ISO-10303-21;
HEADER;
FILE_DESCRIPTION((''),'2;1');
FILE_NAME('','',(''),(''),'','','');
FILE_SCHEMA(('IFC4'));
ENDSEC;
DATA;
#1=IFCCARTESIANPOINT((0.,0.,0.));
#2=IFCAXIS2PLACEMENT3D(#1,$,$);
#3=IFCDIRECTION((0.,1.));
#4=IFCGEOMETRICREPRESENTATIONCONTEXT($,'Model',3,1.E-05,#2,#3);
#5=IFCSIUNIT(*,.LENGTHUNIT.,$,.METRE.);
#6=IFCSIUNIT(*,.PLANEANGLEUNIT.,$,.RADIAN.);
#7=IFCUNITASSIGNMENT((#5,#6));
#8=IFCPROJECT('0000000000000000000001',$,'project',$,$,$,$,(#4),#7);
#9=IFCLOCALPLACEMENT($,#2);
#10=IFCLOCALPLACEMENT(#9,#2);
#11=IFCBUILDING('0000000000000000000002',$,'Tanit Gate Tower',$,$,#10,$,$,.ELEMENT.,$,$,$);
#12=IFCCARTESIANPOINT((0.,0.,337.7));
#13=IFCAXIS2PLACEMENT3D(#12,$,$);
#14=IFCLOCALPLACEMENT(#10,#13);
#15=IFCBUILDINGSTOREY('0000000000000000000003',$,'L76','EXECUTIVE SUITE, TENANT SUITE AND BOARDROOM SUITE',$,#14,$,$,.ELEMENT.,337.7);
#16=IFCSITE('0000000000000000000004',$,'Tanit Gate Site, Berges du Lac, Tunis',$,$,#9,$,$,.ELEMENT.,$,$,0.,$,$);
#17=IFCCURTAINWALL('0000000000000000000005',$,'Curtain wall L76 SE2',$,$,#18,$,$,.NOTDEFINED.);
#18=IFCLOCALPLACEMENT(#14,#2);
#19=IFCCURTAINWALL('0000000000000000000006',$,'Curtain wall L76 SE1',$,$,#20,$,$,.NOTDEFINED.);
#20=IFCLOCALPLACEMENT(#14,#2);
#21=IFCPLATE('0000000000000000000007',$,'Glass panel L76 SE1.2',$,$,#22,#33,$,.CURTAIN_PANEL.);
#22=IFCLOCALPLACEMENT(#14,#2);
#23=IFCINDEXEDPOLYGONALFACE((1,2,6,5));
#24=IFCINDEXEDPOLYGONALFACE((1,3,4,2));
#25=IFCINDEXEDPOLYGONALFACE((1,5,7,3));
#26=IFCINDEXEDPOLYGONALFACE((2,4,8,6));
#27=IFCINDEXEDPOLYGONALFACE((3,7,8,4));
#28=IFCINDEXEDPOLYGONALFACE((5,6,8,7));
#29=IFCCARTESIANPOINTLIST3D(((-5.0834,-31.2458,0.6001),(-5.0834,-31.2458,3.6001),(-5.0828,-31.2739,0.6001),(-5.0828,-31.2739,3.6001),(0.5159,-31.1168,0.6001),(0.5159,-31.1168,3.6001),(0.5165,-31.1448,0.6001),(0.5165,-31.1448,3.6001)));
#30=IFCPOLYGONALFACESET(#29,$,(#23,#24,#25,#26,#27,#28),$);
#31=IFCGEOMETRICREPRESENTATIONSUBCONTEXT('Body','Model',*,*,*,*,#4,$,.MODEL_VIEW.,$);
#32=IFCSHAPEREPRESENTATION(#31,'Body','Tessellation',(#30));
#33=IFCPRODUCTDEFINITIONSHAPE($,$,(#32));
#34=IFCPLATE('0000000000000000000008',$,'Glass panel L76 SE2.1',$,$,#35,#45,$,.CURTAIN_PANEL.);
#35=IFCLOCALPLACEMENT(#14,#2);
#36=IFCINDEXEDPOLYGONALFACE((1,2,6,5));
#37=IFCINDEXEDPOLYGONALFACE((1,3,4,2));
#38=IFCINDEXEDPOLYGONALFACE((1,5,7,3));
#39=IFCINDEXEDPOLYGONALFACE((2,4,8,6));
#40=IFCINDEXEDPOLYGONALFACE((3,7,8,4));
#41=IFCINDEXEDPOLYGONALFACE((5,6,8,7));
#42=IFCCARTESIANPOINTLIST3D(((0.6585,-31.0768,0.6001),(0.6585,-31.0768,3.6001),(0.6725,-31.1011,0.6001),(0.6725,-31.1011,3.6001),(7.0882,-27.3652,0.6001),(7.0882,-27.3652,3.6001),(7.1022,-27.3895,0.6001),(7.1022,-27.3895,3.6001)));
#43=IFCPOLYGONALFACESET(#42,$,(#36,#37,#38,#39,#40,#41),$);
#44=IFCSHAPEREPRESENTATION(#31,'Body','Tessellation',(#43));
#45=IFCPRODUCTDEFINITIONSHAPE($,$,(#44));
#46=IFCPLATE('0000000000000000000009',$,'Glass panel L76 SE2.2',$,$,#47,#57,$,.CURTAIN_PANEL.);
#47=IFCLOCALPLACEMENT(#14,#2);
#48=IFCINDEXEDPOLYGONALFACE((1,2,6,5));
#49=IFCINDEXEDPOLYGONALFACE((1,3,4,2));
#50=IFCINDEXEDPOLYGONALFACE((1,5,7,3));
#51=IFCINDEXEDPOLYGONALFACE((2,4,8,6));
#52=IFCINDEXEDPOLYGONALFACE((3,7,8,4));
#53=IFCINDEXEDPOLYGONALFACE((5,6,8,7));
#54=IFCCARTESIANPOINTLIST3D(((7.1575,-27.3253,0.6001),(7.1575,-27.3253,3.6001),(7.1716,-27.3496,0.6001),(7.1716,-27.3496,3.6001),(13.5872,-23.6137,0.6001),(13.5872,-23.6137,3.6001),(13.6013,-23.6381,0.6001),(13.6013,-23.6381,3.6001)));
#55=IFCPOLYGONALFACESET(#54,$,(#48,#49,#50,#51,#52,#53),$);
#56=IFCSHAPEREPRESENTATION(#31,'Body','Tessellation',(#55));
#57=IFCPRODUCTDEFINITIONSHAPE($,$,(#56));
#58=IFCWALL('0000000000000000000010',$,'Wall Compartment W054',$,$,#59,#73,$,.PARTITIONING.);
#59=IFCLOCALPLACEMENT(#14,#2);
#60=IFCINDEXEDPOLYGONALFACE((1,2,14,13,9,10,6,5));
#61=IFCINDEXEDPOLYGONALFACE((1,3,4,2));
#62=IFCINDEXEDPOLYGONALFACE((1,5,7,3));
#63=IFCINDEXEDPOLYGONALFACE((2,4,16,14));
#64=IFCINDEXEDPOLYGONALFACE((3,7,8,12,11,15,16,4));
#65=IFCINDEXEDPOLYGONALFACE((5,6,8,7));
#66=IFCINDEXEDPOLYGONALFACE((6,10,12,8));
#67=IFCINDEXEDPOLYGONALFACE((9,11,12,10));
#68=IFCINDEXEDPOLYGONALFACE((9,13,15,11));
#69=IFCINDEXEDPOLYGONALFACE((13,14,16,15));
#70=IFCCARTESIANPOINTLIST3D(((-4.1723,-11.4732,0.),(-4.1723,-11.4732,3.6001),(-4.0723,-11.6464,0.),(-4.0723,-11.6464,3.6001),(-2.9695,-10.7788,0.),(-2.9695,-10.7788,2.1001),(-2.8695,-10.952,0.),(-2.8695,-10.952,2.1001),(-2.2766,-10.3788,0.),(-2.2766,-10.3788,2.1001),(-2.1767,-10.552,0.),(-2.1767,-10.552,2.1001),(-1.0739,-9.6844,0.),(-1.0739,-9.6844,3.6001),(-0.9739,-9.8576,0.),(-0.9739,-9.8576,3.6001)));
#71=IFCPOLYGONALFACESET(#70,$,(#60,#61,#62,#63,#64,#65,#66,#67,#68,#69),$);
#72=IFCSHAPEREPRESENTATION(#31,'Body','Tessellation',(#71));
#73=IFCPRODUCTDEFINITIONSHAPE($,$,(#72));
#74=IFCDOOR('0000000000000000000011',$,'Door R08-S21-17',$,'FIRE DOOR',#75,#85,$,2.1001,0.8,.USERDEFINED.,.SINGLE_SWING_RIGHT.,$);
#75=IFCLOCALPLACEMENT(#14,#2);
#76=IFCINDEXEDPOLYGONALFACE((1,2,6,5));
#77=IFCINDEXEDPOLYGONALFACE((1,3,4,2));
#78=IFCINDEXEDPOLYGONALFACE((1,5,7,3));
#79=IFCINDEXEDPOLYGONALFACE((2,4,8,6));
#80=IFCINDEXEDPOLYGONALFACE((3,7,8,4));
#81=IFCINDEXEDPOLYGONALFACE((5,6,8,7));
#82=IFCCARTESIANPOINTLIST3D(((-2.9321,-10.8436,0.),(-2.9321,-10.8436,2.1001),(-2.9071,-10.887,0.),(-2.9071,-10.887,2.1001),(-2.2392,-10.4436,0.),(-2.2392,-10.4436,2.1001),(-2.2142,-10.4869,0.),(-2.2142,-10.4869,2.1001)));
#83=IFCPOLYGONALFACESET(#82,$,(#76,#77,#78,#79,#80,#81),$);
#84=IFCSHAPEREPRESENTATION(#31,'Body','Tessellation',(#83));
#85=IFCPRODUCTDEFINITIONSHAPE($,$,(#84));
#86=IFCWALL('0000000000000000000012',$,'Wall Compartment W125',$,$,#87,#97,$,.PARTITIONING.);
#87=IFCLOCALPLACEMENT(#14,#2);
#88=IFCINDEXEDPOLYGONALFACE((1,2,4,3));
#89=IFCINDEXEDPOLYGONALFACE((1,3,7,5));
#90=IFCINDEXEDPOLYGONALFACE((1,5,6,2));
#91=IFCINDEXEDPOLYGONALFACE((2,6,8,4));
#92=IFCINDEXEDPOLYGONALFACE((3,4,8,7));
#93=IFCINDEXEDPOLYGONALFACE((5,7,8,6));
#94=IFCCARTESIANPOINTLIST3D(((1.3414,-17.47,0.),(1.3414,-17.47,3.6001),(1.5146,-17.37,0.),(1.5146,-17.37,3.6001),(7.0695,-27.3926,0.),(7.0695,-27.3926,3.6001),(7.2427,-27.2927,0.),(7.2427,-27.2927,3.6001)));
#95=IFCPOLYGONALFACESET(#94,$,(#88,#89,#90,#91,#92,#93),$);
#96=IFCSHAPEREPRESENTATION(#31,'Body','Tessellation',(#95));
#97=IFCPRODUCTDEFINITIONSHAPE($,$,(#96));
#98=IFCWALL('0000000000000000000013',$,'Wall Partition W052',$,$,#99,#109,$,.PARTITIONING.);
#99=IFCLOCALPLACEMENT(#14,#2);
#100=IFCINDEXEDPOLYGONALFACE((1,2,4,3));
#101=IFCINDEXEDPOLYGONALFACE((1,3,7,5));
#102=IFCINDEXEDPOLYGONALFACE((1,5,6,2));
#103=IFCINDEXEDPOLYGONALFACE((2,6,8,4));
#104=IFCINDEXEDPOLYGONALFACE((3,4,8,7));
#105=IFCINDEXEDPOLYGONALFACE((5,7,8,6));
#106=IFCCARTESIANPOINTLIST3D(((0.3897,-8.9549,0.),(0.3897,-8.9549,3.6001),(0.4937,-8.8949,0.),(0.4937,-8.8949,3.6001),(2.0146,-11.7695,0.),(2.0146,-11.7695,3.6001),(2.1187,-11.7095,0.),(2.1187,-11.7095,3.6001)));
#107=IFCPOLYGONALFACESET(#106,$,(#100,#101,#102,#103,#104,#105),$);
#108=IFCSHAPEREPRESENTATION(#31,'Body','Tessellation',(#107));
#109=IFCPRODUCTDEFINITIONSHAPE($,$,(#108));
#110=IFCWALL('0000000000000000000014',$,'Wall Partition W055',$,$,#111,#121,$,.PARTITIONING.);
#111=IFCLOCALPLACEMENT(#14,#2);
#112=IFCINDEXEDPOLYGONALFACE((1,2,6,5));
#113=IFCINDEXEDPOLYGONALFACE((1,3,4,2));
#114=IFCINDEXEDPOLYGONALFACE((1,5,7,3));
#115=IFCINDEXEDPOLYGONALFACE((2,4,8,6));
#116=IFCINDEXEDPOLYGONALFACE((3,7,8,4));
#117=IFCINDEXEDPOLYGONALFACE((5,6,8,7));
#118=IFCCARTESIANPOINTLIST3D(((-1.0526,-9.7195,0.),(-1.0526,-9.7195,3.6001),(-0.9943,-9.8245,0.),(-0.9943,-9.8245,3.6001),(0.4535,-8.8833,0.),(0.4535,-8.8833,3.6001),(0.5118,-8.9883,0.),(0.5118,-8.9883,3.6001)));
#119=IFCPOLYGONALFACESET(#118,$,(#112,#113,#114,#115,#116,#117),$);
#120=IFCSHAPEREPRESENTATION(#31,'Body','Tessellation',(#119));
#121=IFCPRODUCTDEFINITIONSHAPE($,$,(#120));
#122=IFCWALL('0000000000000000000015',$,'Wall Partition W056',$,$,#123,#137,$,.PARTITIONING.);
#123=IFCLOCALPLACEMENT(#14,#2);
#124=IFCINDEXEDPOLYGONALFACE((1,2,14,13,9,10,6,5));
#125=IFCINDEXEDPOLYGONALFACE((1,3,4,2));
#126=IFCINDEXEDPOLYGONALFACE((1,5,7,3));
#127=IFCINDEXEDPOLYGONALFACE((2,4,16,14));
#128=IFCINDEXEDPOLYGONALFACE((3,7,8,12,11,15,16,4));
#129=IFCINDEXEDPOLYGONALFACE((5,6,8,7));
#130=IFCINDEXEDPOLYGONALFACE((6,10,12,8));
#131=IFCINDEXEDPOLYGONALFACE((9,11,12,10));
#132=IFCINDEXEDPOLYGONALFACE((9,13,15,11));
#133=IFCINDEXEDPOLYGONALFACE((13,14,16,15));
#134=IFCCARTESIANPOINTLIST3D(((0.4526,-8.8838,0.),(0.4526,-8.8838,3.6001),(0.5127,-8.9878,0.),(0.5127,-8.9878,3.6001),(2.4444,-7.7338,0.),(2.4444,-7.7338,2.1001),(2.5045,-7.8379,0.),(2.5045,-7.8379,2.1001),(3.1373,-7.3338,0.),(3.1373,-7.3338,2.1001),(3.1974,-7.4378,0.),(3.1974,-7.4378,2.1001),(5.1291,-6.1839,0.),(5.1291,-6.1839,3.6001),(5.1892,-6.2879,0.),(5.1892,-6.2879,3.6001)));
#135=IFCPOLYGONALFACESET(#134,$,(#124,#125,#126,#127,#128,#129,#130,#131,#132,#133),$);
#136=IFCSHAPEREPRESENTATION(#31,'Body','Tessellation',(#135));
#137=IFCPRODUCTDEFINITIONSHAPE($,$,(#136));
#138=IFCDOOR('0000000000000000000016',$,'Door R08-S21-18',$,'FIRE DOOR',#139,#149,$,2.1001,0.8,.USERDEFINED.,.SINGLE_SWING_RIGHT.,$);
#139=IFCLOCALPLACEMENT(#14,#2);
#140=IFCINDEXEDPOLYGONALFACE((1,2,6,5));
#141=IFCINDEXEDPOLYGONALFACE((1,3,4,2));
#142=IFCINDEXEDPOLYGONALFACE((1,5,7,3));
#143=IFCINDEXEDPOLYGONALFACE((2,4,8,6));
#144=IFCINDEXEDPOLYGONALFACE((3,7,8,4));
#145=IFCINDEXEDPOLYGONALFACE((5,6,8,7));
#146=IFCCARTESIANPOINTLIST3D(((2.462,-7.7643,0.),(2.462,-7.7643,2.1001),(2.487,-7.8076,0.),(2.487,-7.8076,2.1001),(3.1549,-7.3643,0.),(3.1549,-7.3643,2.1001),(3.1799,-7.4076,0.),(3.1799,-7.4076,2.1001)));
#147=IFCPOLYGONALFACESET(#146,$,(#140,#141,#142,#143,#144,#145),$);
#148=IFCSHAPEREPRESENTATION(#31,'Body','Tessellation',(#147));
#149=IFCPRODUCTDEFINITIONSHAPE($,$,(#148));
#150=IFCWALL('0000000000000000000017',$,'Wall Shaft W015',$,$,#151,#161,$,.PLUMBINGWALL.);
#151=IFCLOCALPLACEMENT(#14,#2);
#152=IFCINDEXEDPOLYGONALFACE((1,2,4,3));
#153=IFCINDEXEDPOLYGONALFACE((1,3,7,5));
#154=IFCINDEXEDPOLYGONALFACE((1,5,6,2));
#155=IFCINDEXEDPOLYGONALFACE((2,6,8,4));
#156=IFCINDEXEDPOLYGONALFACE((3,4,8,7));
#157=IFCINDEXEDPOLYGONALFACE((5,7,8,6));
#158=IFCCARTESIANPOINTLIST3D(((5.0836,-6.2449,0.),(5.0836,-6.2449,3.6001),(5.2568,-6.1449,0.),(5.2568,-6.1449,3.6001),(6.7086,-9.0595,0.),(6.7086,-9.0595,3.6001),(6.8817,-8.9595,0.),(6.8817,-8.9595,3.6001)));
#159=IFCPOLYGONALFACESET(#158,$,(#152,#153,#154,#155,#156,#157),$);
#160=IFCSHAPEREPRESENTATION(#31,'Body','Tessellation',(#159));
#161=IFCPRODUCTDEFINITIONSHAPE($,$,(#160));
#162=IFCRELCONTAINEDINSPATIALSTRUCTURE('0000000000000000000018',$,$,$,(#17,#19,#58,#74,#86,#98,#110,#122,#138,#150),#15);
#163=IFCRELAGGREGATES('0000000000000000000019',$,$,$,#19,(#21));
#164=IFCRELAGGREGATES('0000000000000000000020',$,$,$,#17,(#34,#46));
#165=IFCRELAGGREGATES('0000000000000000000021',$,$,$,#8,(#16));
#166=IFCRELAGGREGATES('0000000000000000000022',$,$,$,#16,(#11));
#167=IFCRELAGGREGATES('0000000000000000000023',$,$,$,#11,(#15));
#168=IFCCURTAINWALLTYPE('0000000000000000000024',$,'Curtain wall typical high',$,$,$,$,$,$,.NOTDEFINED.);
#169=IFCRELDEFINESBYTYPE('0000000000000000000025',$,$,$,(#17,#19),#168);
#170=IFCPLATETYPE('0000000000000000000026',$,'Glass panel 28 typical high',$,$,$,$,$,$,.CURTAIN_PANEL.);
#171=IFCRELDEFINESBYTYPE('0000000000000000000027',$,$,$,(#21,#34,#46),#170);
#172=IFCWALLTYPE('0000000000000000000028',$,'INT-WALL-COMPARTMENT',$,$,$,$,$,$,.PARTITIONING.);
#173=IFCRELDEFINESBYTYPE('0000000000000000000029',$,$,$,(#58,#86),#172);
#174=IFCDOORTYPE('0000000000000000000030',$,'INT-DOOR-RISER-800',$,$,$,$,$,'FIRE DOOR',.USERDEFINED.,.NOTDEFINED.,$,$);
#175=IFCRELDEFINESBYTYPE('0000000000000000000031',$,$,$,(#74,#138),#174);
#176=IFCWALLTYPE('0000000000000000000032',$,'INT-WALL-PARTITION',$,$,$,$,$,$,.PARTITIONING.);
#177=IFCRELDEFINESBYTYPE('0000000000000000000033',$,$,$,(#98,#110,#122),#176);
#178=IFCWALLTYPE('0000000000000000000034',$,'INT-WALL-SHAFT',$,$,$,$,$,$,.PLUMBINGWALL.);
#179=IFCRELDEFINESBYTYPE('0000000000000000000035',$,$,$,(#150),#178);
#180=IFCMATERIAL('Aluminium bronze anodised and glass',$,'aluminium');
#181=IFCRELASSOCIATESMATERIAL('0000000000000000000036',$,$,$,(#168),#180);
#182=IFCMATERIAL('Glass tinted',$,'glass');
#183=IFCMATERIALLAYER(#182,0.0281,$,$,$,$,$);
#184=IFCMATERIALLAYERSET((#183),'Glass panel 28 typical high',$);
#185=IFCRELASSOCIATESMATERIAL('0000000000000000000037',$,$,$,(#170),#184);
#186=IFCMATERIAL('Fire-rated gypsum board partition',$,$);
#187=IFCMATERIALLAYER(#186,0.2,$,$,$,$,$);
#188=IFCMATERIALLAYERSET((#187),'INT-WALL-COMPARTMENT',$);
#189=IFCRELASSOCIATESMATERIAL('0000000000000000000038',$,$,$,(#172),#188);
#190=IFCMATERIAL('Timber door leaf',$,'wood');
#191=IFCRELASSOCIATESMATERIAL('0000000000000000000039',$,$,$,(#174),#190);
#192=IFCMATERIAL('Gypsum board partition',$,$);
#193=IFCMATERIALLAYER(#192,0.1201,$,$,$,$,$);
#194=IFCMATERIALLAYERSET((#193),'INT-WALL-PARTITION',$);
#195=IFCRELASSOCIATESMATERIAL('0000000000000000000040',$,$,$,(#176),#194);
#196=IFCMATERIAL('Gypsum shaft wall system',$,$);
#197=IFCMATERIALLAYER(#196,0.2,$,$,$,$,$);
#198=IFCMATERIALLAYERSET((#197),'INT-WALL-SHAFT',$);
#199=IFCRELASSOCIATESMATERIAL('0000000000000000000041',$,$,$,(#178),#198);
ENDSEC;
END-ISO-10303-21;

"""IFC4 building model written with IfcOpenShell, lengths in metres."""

from ifc_helpers import new_model, si_unit, direction, frame, frame_2d, origin, origin_2d, place, context, subcontext, project, spatial, rectangle, extrude, material, layer, layer_set, type_object, element, fill, aggregate, save


model = new_model("IFC4")

# Units and contexts
model_context = context("Model", 3, precision=1e-05, world=origin(), true_north=direction((0.0, 1.0)))
body_context = subcontext(model_context, "Body", "Model", "MODEL_VIEW")
ifc_project = project(units=[si_unit("LENGTHUNIT", "METRE"), si_unit("PLANEANGLEUNIT", "RADIAN")], contexts=[model_context])

# Site, building, storey
site_placement = place(None, origin())
site = spatial("IfcSite", under=ifc_project, at=site_placement, Name="Tanit Gate Site, Berges du Lac, Tunis", CompositionType="ELEMENT", RefElevation=0.0)
building_placement = place(site_placement, origin())
building = spatial("IfcBuilding", under=site, at=building_placement, Name="Tanit Gate Tower", CompositionType="ELEMENT")
storey_placement = place(building_placement, frame((0.0, 0.0, 337.7)))
storey = spatial("IfcBuildingStorey", under=building, at=storey_placement, Name="L76", Description="EXECUTIVE SUITE, TENANT SUITE AND BOARDROOM SUITE", CompositionType="ELEMENT", Elevation=337.7)

# Curtain wall
ifc_material_1 = material(Name="Aluminium bronze anodised and glass", Category="aluminium")
curtain_wall_type = type_object("IfcCurtainWallType", Name="Curtain wall typical high", PredefinedType="NOTDEFINED", material=ifc_material_1)
curtain_wall_1_placement = place(storey_placement, origin())
curtain_wall_1 = element("IfcCurtainWall", 1, at=curtain_wall_1_placement, inside=storey, type_object=curtain_wall_type, Name="Curtain wall L76 SE2", PredefinedType="NOTDEFINED")

# Curtain wall
curtain_wall_2_placement = place(storey_placement, origin())
curtain_wall_2 = element("IfcCurtainWall", 2, at=curtain_wall_2_placement, inside=storey, type_object=curtain_wall_type, Name="Curtain wall L76 SE1", PredefinedType="NOTDEFINED")

# Plates
ifc_material_2 = material(Name="Glass tinted", Category="glass")
ifc_layer_1 = layer(ifc_material_2, 0.0281)
ifc_layer_set_1 = layer_set([ifc_layer_1], Name="Glass panel 28 typical high")
plate_type = type_object("IfcPlateType", Name="Glass panel 28 typical high", PredefinedType="CURTAIN_PANEL", material=ifc_layer_set_1)
plate_1_placement = place(storey_placement, frame((-2.2834, -31.1953, 0.6001), z_axis=(0.0, 0.0, 1.0), x_axis=(0.999735, 0.02304, 0.0)))
plate_1 = element("IfcPlate", 3, at=plate_1_placement, type_object=plate_type, Name="Glass panel L76 SE1.2", PredefinedType="CURTAIN_PANEL", context=body_context, shape_type="SweptSolid", body=[
    extrude(rectangle(XDim=5.6008, YDim=0.0281, at=origin_2d()), origin(), (0.0, 0.0, 1.0), 3.0),
])
aggregate(curtain_wall_2, [plate_1])
plate_2_placement = place(storey_placement, frame((3.8804, -29.2332, 0.6001), z_axis=(0.0, 0.0, 1.0), x_axis=(0.86606, 0.49994, 0.0)))
plate_2 = element("IfcPlate", 4, at=plate_2_placement, type_object=plate_type, Name="Glass panel L76 SE2.1", PredefinedType="CURTAIN_PANEL", context=body_context, shape_type="SweptSolid", body=[
    extrude(rectangle(XDim=7.4241, YDim=0.0281, at=origin_2d()), origin(), (0.0, 0.0, 1.0), 3.0),
])
plate_3_placement = place(storey_placement, frame((10.3794, -25.4817, 0.6001), z_axis=(0.0, 0.0, 1.0), x_axis=(0.86606, 0.49994, 0.0)))
plate_3 = element("IfcPlate", 5, at=plate_3_placement, type_object=plate_type, Name="Glass panel L76 SE2.2", PredefinedType="CURTAIN_PANEL", context=body_context, shape_type="SweptSolid", body=[
    extrude(rectangle(XDim=7.4241, YDim=0.0281, at=origin_2d()), origin(), (0.0, 0.0, 1.0), 3.0),
])
aggregate(curtain_wall_1, [plate_2, plate_3])

# Wall, opening, door
ifc_material_3 = material(Name="Fire-rated gypsum board partition")
ifc_layer_2 = layer(ifc_material_3, 0.2)
ifc_layer_set_2 = layer_set([ifc_layer_2], Name="INT-WALL-COMPARTMENT")
wall_type_1 = type_object("IfcWallType", Name="INT-WALL-COMPARTMENT", PredefinedType="PARTITIONING", material=ifc_layer_set_2)
wall_1_placement = place(storey_placement, frame((-1.0239, -9.771, 0.0), z_axis=(0.0, 0.0, 1.0), x_axis=(-0.86603, -0.499992, 0.0)))
wall_1 = element("IfcWall", 6, at=wall_1_placement, inside=storey, type_object=wall_type_1, Name="Wall Compartment W054", PredefinedType="PARTITIONING", context=body_context, shape_type="SweptSolid", body=[
    extrude(rectangle(XDim=3.5776, YDim=0.2, at=frame_2d((1.7888, 0.0))), origin(), (0.0, 0.0, 1.0), 3.6001),
])
opening_1_placement = place(wall_1_placement, frame((1.3889, 0.0, 0.0)))
opening_1 = element("IfcOpeningElement", 7, at=opening_1_placement, cuts=wall_1, PredefinedType="OPENING", context=body_context, shape_type="SweptSolid", body=[
    extrude(rectangle(XDim=0.8, YDim=2.1001, at=frame_2d((0.3999, 1.05))), frame((0.0, 0.1099, 0.0), z_axis=(0.0, -1.0, 0.0), x_axis=(1.0, 0.0, 0.0)), (0.0, 0.0, 1.0), 0.22),
])
ifc_material_4 = material(Name="Timber door leaf", Category="wood")
door_type = type_object("IfcDoorType", Name="INT-DOOR-RISER-800", ElementType="FIRE DOOR", OperationType="NOTDEFINED", PredefinedType="USERDEFINED", material=ifc_material_4)
door_1_placement = place(opening_1_placement, origin())
door_1 = element("IfcDoor", 8, at=door_1_placement, inside=storey, type_object=door_type, Name="Door R08-S21-17", ObjectType="FIRE DOOR", OperationType="SINGLE_SWING_RIGHT", OverallHeight=2.1001, OverallWidth=0.8, PredefinedType="USERDEFINED", context=body_context, shape_type="SweptSolid", body=[
    extrude(rectangle(XDim=0.8, YDim=2.1001, at=frame_2d((0.3999, 1.05))), frame((0.0, 0.0249, 0.0), z_axis=(0.0, -1.0, 0.0), x_axis=(1.0, 0.0, 0.0)), (0.0, 0.0, 1.0), 0.05),
])
fill(opening_1, door_1)

# Walls
wall_2_placement = place(storey_placement, frame((7.156, -27.3425, 0.0), z_axis=(0.0, 0.0, 1.0), x_axis=(-0.499948, 0.866055, 0.0)))
element("IfcWall", 9, at=wall_2_placement, inside=storey, type_object=wall_type_1, Name="Wall Compartment W125", PredefinedType="PARTITIONING", context=body_context, shape_type="SweptSolid", body=[
    extrude(rectangle(XDim=11.4573, YDim=0.2, at=frame_2d((5.7285, 0.0))), origin(), (0.0, 0.0, 1.0), 3.6001),
])
ifc_material_5 = material(Name="Gypsum board partition")
ifc_layer_3 = layer(ifc_material_5, 0.1201)
ifc_layer_set_3 = layer_set([ifc_layer_3], Name="INT-WALL-PARTITION")
wall_type_2 = type_object("IfcWallType", Name="INT-WALL-PARTITION", PredefinedType="PARTITIONING", material=ifc_layer_set_3)
wall_3_placement = place(storey_placement, frame((2.0667, -11.7395, 0.0), z_axis=(0.0, 0.0, 1.0), x_axis=(-0.499985, 0.866034, 0.0)))
element("IfcWall", 10, at=wall_3_placement, inside=storey, type_object=wall_type_2, Name="Wall Partition W052", PredefinedType="PARTITIONING", context=body_context, shape_type="SweptSolid", body=[
    extrude(rectangle(XDim=3.25, YDim=0.1201, at=frame_2d((1.625, 0.0))), origin(), (0.0, 0.0, 1.0), 3.6001),
])
wall_4_placement = place(storey_placement, frame((-1.0234, -9.772, 0.0), z_axis=(0.0, 0.0, 1.0), x_axis=(0.874291, 0.485402, 0.0)))
element("IfcWall", 11, at=wall_4_placement, inside=storey, type_object=wall_type_2, Name="Wall Partition W055", PredefinedType="PARTITIONING", context=body_context, shape_type="SweptSolid", body=[
    extrude(rectangle(XDim=1.7227, YDim=0.1201, at=frame_2d((0.8613, 0.0))), origin(), (0.0, 0.0, 1.0), 3.6001),
])

# Wall, opening, door
wall_5_placement = place(storey_placement, frame((0.4827, -8.9358, 0.0), z_axis=(0.0, 0.0, 1.0), x_axis=(0.866028, 0.499995, 0.0)))
wall_5 = element("IfcWall", 12, at=wall_5_placement, inside=storey, type_object=wall_type_2, Name="Wall Partition W056", PredefinedType="PARTITIONING", context=body_context, shape_type="SweptSolid", body=[
    extrude(rectangle(XDim=5.3999, YDim=0.1201, at=frame_2d((2.7, 0.0))), origin(), (0.0, 0.0, 1.0), 3.6001),
])
opening_2_placement = place(wall_5_placement, frame((2.3, 0.0, 0.0)))
opening_2 = element("IfcOpeningElement", 13, at=opening_2_placement, cuts=wall_5, PredefinedType="OPENING", context=body_context, shape_type="SweptSolid", body=[
    extrude(rectangle(XDim=0.8, YDim=2.1001, at=frame_2d((0.3999, 1.05))), frame((0.0, 0.0701, 0.0), z_axis=(0.0, -1.0, 0.0), x_axis=(1.0, 0.0, 0.0)), (0.0, 0.0, 1.0), 0.1401),
])
door_2_placement = place(opening_2_placement, origin())
door_2 = element("IfcDoor", 14, at=door_2_placement, inside=storey, type_object=door_type, Name="Door R08-S21-18", ObjectType="FIRE DOOR", OperationType="SINGLE_SWING_RIGHT", OverallHeight=2.1001, OverallWidth=0.8, PredefinedType="USERDEFINED", context=body_context, shape_type="SweptSolid", body=[
    extrude(rectangle(XDim=0.8, YDim=2.1001, at=frame_2d((0.3999, 1.05))), frame((0.0, 0.0249, 0.0), z_axis=(0.0, -1.0, 0.0), x_axis=(1.0, 0.0, 0.0)), (0.0, 0.0, 1.0), 0.05),
])
fill(opening_2, door_2)

# Wall
ifc_material_6 = material(Name="Gypsum shaft wall system")
ifc_layer_4 = layer(ifc_material_6, 0.2)
ifc_layer_set_4 = layer_set([ifc_layer_4], Name="INT-WALL-SHAFT")
wall_type_3 = type_object("IfcWallType", Name="INT-WALL-SHAFT", PredefinedType="PLUMBINGWALL", material=ifc_layer_set_4)
wall_6_placement = place(storey_placement, frame((6.7952, -9.0095, 0.0), z_axis=(0.0, 0.0, 1.0), x_axis=(-0.499985, 0.866034, 0.0)))
element("IfcWall", 15, at=wall_6_placement, inside=storey, type_object=wall_type_3, Name="Wall Shaft W015", PredefinedType="PLUMBINGWALL", context=body_context, shape_type="SweptSolid", body=[
    extrude(rectangle(XDim=3.25, YDim=0.2, at=frame_2d((1.625, 0.0))), origin(), (0.0, 0.0, 1.0), 3.6001),
])

save(model, "model.ifc")
